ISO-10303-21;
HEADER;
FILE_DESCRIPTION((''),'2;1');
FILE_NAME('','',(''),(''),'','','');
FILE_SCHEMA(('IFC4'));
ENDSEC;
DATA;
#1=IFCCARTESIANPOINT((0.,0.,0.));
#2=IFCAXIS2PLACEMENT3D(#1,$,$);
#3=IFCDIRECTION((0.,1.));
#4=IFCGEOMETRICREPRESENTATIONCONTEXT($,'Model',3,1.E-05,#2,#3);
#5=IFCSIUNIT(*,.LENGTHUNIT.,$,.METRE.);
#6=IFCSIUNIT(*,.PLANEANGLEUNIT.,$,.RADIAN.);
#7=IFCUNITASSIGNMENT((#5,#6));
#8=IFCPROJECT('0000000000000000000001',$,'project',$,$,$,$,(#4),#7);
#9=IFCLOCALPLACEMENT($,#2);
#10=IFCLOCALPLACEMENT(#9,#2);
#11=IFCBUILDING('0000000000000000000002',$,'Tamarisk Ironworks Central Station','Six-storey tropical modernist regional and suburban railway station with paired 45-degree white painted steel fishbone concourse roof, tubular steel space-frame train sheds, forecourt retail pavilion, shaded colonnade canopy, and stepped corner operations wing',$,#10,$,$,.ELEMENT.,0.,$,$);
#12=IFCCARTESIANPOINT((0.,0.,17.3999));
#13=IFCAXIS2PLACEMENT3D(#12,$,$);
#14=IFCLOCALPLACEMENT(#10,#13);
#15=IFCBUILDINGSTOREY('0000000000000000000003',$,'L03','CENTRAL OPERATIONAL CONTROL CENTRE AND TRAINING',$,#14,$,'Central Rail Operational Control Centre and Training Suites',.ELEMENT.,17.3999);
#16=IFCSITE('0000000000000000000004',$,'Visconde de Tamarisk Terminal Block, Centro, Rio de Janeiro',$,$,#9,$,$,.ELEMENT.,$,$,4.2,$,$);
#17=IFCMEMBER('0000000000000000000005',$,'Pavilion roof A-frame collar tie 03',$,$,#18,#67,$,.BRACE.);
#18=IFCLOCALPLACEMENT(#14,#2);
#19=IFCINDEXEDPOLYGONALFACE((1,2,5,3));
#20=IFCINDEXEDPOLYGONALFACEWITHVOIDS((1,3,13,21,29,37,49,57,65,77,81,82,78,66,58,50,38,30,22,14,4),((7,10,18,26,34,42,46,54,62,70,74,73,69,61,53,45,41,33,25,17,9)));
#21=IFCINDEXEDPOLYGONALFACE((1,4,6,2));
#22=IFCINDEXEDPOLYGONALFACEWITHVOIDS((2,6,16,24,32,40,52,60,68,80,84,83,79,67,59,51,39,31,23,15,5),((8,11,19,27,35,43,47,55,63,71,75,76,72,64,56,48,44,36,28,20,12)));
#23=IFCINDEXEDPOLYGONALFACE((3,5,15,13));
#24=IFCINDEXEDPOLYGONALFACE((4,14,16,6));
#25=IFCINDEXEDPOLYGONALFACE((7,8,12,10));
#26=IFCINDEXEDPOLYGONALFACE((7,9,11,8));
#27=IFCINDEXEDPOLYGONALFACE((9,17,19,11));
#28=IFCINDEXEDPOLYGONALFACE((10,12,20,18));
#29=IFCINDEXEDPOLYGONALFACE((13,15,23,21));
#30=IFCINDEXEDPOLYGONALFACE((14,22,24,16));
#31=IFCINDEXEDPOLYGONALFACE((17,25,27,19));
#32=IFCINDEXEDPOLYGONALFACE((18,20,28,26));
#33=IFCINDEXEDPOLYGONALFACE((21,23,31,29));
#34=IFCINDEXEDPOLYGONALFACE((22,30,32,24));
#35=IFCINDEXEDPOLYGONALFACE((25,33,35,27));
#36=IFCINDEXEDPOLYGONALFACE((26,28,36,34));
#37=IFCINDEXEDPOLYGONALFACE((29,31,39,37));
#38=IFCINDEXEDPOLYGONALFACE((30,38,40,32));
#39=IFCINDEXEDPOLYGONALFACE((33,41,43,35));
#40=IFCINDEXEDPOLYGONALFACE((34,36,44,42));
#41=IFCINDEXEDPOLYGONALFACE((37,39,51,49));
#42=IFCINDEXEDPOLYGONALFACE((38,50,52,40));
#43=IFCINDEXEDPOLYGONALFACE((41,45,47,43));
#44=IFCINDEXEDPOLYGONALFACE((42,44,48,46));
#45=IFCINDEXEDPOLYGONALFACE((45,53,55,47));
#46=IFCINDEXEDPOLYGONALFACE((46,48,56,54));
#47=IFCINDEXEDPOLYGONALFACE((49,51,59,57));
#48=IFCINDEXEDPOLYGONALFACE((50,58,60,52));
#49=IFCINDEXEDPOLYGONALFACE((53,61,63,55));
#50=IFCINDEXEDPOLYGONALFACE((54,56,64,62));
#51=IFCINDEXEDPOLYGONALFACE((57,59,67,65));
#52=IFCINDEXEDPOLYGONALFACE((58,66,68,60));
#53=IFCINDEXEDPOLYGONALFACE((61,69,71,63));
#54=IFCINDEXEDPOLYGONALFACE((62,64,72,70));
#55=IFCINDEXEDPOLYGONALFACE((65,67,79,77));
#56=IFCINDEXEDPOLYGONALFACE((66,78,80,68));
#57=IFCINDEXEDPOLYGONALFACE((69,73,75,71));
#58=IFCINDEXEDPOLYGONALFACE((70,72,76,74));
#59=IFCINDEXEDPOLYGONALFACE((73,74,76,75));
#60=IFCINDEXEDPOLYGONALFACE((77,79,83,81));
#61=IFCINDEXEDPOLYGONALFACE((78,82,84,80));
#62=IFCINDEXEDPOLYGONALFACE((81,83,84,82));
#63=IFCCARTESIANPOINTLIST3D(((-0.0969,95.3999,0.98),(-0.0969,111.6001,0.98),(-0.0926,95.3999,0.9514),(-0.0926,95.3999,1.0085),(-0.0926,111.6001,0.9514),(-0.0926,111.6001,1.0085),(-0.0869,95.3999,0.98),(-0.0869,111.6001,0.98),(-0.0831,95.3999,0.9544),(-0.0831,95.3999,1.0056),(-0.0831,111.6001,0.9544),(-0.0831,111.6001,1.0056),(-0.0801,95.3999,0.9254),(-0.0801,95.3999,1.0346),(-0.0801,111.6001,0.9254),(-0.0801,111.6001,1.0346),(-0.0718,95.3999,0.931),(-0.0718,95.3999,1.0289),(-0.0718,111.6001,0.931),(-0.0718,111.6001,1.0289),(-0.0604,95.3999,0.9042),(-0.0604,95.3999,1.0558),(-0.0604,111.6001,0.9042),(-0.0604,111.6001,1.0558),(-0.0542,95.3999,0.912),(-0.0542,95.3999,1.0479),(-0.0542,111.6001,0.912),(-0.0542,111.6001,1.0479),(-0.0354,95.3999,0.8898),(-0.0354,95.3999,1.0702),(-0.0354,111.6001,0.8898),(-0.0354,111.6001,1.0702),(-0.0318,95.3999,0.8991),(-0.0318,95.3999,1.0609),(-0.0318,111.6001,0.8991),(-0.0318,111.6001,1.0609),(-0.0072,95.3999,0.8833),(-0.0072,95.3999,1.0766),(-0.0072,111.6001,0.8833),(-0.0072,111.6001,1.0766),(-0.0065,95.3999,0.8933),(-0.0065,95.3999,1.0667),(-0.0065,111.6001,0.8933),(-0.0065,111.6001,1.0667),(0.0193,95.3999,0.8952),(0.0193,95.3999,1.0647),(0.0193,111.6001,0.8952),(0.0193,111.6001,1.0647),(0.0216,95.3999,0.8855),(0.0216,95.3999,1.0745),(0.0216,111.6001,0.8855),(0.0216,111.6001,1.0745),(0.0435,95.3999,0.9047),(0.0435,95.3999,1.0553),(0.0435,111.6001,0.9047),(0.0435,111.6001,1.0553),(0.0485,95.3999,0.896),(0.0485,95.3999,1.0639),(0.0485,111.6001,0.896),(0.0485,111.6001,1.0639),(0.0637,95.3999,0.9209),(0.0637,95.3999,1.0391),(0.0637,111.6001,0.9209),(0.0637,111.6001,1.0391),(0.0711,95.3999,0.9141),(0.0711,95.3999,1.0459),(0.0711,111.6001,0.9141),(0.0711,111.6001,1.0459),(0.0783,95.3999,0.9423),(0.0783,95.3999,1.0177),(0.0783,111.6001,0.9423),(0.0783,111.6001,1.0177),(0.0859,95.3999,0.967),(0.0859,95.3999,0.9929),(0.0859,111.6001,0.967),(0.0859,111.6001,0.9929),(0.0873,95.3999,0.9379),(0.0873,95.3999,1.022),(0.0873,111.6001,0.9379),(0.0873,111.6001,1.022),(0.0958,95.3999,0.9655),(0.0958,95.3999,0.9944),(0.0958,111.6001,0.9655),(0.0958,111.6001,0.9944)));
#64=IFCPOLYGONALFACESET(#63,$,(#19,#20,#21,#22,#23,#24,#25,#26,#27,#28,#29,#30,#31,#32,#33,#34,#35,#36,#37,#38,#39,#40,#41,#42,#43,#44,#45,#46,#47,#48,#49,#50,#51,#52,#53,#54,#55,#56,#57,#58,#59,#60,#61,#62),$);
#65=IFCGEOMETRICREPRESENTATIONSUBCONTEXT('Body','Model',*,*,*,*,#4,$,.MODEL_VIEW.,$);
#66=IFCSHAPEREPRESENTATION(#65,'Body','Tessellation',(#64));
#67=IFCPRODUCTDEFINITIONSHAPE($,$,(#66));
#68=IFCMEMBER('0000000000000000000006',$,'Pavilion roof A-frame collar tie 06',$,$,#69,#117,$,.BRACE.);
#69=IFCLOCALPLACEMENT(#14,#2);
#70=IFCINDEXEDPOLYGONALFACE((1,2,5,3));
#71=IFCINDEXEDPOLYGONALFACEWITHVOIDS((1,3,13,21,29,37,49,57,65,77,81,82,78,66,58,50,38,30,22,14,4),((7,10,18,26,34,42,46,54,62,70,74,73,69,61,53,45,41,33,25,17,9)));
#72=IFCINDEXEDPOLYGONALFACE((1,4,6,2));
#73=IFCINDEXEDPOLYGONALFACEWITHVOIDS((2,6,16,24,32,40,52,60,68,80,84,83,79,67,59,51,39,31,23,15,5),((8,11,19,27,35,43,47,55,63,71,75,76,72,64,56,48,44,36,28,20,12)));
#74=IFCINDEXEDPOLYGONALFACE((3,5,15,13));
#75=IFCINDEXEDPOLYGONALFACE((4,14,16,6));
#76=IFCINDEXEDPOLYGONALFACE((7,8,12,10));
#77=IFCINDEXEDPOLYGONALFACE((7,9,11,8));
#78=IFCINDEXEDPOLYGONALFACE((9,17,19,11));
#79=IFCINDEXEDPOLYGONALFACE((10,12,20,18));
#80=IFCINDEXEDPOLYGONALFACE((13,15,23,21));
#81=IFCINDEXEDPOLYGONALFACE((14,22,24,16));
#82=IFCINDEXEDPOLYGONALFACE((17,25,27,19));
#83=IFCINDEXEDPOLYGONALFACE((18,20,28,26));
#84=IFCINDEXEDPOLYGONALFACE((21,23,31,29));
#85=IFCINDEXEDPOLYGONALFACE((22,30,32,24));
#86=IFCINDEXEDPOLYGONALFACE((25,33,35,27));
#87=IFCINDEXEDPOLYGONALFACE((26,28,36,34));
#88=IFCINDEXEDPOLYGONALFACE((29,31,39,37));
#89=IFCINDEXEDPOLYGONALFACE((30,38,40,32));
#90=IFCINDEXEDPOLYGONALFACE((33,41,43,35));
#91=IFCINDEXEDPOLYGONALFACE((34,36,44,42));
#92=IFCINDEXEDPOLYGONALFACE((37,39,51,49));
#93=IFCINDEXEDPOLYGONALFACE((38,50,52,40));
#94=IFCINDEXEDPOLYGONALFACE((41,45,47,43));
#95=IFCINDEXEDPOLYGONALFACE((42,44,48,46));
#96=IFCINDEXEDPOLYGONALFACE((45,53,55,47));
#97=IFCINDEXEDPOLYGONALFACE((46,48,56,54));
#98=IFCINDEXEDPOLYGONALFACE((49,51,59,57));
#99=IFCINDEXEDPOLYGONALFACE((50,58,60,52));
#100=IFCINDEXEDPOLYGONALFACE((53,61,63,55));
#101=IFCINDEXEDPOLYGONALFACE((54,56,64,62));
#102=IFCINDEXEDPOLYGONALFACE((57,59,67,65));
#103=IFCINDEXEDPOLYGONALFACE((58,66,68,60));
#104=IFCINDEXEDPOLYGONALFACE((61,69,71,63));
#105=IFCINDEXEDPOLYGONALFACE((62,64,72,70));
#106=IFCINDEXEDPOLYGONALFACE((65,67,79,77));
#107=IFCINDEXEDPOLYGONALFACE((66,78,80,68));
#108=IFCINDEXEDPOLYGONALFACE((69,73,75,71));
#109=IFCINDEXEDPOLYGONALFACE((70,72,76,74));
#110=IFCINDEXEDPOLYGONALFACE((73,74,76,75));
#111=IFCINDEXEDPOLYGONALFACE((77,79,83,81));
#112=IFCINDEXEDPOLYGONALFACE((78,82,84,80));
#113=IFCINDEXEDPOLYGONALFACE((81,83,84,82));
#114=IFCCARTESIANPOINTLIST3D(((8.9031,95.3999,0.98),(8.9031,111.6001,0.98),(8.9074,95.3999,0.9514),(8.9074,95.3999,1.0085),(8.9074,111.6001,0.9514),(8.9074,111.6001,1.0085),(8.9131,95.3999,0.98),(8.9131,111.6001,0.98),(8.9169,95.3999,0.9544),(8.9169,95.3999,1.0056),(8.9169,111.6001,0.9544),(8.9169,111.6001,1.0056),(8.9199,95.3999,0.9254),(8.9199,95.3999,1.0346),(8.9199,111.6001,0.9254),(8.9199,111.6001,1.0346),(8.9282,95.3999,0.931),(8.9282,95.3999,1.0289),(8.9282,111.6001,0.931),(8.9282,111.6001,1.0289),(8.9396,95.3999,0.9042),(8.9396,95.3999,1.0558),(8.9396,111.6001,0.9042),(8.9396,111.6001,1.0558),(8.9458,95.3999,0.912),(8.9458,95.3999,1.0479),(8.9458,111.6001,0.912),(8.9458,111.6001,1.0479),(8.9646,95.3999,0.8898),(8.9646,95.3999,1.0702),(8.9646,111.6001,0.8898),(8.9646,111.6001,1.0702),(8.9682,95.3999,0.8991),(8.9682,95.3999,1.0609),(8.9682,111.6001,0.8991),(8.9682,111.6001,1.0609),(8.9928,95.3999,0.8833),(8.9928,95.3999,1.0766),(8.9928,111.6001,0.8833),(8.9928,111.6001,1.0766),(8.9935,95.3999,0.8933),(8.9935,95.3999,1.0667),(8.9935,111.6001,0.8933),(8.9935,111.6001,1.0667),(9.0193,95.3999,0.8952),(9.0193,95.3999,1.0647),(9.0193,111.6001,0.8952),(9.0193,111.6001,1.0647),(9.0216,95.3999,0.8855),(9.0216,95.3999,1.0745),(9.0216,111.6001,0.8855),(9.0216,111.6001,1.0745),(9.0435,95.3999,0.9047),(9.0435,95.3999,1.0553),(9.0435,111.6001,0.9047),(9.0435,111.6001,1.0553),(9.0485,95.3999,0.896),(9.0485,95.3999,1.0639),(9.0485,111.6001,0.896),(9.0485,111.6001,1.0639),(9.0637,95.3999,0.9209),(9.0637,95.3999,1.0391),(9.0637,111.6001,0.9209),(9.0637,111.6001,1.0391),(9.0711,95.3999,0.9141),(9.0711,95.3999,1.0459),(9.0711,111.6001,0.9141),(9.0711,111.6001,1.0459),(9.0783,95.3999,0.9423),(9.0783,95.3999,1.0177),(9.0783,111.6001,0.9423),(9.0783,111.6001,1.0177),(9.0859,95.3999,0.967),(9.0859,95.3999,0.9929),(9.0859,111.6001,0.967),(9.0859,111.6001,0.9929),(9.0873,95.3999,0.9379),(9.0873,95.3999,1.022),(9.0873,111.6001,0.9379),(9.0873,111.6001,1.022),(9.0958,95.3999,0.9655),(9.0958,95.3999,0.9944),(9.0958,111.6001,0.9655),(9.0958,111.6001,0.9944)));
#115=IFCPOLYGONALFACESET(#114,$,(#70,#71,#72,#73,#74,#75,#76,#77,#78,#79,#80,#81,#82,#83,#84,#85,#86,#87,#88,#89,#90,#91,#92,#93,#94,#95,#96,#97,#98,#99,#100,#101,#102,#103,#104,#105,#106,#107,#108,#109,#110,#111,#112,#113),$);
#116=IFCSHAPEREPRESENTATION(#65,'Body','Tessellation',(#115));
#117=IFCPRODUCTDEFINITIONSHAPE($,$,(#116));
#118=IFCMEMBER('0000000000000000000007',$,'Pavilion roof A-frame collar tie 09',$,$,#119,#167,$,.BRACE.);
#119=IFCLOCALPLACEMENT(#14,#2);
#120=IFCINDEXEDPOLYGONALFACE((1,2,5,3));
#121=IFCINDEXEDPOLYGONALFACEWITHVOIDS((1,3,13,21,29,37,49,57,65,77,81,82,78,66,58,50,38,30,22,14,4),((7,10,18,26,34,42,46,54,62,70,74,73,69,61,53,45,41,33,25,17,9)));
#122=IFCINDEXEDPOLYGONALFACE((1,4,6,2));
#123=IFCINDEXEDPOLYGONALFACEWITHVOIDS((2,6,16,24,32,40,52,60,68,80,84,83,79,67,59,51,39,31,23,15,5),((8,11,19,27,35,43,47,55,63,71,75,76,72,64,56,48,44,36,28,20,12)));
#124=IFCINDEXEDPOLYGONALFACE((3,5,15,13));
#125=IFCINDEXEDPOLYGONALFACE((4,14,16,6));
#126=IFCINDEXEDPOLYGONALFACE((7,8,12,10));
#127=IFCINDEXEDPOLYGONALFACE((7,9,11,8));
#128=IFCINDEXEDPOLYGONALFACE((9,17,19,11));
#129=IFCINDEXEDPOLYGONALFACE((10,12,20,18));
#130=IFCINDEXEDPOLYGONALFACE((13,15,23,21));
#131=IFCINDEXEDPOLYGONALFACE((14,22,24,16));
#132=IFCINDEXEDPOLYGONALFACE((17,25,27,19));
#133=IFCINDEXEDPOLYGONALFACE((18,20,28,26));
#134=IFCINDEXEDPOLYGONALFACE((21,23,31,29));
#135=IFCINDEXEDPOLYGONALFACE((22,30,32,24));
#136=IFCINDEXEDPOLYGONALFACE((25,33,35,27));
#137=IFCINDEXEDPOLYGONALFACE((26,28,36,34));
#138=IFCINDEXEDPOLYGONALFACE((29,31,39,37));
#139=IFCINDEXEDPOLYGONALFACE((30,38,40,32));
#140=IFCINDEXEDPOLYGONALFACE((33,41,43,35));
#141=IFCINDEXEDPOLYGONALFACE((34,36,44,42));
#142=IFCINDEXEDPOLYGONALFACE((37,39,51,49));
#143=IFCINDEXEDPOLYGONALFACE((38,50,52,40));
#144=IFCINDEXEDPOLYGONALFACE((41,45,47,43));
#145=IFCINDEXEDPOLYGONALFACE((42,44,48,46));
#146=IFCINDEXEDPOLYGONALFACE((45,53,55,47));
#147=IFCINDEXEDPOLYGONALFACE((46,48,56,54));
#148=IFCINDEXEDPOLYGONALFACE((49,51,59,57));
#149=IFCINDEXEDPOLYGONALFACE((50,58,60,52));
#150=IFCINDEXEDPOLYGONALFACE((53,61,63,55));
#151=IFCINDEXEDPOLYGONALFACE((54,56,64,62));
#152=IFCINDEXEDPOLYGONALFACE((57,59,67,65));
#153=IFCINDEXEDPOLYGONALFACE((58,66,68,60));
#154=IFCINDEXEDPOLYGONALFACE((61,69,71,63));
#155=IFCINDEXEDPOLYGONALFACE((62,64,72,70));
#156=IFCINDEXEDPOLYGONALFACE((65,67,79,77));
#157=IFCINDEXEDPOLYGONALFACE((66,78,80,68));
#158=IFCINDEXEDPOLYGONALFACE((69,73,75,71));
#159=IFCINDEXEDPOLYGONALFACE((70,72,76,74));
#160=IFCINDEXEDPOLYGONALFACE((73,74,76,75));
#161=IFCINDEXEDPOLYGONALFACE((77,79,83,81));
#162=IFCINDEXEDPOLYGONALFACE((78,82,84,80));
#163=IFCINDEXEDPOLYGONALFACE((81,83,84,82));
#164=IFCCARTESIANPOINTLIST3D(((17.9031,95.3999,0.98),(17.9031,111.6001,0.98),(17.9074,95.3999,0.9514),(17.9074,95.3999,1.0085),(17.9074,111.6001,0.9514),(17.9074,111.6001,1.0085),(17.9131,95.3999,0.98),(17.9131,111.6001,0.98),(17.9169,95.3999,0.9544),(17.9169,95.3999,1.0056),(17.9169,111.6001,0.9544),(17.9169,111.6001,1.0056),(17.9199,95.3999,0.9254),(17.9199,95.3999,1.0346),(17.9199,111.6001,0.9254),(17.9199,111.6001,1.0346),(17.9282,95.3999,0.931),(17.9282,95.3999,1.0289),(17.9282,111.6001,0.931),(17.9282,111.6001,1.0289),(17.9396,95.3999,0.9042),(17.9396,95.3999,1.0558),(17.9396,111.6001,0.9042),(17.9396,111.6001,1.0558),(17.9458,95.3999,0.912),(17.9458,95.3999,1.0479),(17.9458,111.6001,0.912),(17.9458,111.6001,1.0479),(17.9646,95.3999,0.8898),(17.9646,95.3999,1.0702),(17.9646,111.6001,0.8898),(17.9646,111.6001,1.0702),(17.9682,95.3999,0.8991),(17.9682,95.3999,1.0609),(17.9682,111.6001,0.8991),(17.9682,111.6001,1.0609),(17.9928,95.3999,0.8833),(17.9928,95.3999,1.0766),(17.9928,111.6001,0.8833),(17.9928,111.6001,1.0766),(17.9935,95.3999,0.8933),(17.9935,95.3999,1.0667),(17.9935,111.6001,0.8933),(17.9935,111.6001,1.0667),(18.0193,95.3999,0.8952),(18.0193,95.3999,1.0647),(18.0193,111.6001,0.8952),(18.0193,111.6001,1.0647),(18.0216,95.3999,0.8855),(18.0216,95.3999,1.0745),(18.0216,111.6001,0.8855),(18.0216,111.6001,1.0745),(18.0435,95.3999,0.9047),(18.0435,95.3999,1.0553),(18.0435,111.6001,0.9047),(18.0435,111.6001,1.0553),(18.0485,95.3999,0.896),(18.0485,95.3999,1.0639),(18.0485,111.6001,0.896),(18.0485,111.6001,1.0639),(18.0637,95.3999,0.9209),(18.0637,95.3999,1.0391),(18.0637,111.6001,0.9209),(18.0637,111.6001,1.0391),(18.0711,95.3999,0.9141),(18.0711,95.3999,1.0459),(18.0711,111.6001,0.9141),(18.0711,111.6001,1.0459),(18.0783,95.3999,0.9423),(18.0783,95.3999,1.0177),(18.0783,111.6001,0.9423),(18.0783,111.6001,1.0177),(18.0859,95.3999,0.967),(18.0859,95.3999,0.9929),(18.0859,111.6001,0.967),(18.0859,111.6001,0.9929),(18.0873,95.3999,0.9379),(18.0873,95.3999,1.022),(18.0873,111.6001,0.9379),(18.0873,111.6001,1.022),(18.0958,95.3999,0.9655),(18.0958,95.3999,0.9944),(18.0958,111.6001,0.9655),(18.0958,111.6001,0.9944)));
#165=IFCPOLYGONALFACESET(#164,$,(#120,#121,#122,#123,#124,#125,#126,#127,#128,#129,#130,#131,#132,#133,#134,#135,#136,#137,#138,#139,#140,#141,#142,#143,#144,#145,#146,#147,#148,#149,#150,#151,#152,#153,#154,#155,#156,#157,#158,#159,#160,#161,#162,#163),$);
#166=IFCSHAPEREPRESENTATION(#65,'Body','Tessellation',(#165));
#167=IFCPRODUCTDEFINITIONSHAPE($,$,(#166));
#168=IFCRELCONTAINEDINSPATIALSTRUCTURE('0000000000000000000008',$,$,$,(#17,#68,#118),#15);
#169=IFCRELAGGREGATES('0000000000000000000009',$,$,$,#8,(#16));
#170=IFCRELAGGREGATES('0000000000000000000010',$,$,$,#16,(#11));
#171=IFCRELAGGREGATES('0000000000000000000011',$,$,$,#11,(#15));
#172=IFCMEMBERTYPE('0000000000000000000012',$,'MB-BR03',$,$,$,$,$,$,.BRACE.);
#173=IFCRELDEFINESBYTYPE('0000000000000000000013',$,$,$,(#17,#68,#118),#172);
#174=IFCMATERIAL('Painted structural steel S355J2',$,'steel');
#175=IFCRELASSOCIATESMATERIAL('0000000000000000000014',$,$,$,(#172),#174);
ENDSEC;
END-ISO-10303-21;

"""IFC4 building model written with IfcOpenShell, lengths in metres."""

from ifc_helpers import new_model, si_unit, direction, frame, origin, origin_2d, place, context, subcontext, project, spatial, hollow_circle, extrude, material, material_profile, profile_set, type_object, element, save


model = new_model("IFC4")

# Units and contexts
model_context = context("Model", 3, precision=1e-05, world=origin(), true_north=direction((0.0, 1.0)))
body_context = subcontext(model_context, "Body", "Model", "MODEL_VIEW")
ifc_project = project(units=[si_unit("LENGTHUNIT", "METRE"), si_unit("PLANEANGLEUNIT", "RADIAN")], contexts=[model_context])

# Site, building, storey
site_placement = place(None, origin())
site = spatial("IfcSite", under=ifc_project, at=site_placement, Name="Visconde de Tamarisk Terminal Block, Centro, Rio de Janeiro", CompositionType="ELEMENT", RefElevation=4.2)
building_placement = place(site_placement, origin())
building = spatial("IfcBuilding", under=site, at=building_placement, Name="Tamarisk Ironworks Central Station", Description="Six-storey tropical modernist regional and suburban railway station with paired 45-degree white painted steel fishbone concourse roof, tubular steel space-frame train sheds, forecourt retail pavilion, shaded colonnade canopy, and stepped corner operations wing", CompositionType="ELEMENT", ElevationOfRefHeight=0.0)
storey_placement = place(building_placement, frame((0.0, 0.0, 17.3999)))
storey = spatial("IfcBuildingStorey", under=building, at=storey_placement, Name="L03", Description="CENTRAL OPERATIONAL CONTROL CENTRE AND TRAINING", LongName="Central Rail Operational Control Centre and Training Suites", CompositionType="ELEMENT", Elevation=17.3999)

# Members
ifc_material_1 = material(Name="Painted structural steel S355J2", Category="steel")
ifc_material_profile_1 = material_profile(ifc_material_1, hollow_circle(Radius=0.0969, WallThickness=0.01, at=origin_2d()), Name="CHS 193.7x10")
ifc_profile_set_1 = profile_set([ifc_material_profile_1], Name="Painted structural steel S355J2")
member_type_1 = type_object("IfcMemberType", Name="MB-BR03", PredefinedType="BRACE", material=ifc_profile_set_1)
for number, where, z_axis, x_axis, name in (
    (1, (0.0, 95.3999, 0.98), (0.0, 1.0, 0.0), (-1.0, 0.0, 0.0), "Pavilion roof A-frame collar tie 03"),
    (2, (9.0, 95.3999, 0.98), (0.0, 1.0, 0.0), (-1.0, 0.0, 0.0), "Pavilion roof A-frame collar tie 06"),
    (3, (18.0, 95.3999, 0.98), (0.0, 1.0, 0.0), (-1.0, 0.0, 0.0), "Pavilion roof A-frame collar tie 09"),
):
    element("IfcMember", number, at=place(storey_placement, frame(where, z_axis=z_axis, x_axis=x_axis)), inside=storey, type_object=member_type_1, Name=name, PredefinedType="BRACE", context=body_context, shape_type="SweptSolid", body=[
        extrude(hollow_circle(Radius=0.0969, WallThickness=0.01, at=origin_2d()), origin(), (0.0, 0.0, 1.0), 16.2002),
    ])

save(model, "model.ifc")
